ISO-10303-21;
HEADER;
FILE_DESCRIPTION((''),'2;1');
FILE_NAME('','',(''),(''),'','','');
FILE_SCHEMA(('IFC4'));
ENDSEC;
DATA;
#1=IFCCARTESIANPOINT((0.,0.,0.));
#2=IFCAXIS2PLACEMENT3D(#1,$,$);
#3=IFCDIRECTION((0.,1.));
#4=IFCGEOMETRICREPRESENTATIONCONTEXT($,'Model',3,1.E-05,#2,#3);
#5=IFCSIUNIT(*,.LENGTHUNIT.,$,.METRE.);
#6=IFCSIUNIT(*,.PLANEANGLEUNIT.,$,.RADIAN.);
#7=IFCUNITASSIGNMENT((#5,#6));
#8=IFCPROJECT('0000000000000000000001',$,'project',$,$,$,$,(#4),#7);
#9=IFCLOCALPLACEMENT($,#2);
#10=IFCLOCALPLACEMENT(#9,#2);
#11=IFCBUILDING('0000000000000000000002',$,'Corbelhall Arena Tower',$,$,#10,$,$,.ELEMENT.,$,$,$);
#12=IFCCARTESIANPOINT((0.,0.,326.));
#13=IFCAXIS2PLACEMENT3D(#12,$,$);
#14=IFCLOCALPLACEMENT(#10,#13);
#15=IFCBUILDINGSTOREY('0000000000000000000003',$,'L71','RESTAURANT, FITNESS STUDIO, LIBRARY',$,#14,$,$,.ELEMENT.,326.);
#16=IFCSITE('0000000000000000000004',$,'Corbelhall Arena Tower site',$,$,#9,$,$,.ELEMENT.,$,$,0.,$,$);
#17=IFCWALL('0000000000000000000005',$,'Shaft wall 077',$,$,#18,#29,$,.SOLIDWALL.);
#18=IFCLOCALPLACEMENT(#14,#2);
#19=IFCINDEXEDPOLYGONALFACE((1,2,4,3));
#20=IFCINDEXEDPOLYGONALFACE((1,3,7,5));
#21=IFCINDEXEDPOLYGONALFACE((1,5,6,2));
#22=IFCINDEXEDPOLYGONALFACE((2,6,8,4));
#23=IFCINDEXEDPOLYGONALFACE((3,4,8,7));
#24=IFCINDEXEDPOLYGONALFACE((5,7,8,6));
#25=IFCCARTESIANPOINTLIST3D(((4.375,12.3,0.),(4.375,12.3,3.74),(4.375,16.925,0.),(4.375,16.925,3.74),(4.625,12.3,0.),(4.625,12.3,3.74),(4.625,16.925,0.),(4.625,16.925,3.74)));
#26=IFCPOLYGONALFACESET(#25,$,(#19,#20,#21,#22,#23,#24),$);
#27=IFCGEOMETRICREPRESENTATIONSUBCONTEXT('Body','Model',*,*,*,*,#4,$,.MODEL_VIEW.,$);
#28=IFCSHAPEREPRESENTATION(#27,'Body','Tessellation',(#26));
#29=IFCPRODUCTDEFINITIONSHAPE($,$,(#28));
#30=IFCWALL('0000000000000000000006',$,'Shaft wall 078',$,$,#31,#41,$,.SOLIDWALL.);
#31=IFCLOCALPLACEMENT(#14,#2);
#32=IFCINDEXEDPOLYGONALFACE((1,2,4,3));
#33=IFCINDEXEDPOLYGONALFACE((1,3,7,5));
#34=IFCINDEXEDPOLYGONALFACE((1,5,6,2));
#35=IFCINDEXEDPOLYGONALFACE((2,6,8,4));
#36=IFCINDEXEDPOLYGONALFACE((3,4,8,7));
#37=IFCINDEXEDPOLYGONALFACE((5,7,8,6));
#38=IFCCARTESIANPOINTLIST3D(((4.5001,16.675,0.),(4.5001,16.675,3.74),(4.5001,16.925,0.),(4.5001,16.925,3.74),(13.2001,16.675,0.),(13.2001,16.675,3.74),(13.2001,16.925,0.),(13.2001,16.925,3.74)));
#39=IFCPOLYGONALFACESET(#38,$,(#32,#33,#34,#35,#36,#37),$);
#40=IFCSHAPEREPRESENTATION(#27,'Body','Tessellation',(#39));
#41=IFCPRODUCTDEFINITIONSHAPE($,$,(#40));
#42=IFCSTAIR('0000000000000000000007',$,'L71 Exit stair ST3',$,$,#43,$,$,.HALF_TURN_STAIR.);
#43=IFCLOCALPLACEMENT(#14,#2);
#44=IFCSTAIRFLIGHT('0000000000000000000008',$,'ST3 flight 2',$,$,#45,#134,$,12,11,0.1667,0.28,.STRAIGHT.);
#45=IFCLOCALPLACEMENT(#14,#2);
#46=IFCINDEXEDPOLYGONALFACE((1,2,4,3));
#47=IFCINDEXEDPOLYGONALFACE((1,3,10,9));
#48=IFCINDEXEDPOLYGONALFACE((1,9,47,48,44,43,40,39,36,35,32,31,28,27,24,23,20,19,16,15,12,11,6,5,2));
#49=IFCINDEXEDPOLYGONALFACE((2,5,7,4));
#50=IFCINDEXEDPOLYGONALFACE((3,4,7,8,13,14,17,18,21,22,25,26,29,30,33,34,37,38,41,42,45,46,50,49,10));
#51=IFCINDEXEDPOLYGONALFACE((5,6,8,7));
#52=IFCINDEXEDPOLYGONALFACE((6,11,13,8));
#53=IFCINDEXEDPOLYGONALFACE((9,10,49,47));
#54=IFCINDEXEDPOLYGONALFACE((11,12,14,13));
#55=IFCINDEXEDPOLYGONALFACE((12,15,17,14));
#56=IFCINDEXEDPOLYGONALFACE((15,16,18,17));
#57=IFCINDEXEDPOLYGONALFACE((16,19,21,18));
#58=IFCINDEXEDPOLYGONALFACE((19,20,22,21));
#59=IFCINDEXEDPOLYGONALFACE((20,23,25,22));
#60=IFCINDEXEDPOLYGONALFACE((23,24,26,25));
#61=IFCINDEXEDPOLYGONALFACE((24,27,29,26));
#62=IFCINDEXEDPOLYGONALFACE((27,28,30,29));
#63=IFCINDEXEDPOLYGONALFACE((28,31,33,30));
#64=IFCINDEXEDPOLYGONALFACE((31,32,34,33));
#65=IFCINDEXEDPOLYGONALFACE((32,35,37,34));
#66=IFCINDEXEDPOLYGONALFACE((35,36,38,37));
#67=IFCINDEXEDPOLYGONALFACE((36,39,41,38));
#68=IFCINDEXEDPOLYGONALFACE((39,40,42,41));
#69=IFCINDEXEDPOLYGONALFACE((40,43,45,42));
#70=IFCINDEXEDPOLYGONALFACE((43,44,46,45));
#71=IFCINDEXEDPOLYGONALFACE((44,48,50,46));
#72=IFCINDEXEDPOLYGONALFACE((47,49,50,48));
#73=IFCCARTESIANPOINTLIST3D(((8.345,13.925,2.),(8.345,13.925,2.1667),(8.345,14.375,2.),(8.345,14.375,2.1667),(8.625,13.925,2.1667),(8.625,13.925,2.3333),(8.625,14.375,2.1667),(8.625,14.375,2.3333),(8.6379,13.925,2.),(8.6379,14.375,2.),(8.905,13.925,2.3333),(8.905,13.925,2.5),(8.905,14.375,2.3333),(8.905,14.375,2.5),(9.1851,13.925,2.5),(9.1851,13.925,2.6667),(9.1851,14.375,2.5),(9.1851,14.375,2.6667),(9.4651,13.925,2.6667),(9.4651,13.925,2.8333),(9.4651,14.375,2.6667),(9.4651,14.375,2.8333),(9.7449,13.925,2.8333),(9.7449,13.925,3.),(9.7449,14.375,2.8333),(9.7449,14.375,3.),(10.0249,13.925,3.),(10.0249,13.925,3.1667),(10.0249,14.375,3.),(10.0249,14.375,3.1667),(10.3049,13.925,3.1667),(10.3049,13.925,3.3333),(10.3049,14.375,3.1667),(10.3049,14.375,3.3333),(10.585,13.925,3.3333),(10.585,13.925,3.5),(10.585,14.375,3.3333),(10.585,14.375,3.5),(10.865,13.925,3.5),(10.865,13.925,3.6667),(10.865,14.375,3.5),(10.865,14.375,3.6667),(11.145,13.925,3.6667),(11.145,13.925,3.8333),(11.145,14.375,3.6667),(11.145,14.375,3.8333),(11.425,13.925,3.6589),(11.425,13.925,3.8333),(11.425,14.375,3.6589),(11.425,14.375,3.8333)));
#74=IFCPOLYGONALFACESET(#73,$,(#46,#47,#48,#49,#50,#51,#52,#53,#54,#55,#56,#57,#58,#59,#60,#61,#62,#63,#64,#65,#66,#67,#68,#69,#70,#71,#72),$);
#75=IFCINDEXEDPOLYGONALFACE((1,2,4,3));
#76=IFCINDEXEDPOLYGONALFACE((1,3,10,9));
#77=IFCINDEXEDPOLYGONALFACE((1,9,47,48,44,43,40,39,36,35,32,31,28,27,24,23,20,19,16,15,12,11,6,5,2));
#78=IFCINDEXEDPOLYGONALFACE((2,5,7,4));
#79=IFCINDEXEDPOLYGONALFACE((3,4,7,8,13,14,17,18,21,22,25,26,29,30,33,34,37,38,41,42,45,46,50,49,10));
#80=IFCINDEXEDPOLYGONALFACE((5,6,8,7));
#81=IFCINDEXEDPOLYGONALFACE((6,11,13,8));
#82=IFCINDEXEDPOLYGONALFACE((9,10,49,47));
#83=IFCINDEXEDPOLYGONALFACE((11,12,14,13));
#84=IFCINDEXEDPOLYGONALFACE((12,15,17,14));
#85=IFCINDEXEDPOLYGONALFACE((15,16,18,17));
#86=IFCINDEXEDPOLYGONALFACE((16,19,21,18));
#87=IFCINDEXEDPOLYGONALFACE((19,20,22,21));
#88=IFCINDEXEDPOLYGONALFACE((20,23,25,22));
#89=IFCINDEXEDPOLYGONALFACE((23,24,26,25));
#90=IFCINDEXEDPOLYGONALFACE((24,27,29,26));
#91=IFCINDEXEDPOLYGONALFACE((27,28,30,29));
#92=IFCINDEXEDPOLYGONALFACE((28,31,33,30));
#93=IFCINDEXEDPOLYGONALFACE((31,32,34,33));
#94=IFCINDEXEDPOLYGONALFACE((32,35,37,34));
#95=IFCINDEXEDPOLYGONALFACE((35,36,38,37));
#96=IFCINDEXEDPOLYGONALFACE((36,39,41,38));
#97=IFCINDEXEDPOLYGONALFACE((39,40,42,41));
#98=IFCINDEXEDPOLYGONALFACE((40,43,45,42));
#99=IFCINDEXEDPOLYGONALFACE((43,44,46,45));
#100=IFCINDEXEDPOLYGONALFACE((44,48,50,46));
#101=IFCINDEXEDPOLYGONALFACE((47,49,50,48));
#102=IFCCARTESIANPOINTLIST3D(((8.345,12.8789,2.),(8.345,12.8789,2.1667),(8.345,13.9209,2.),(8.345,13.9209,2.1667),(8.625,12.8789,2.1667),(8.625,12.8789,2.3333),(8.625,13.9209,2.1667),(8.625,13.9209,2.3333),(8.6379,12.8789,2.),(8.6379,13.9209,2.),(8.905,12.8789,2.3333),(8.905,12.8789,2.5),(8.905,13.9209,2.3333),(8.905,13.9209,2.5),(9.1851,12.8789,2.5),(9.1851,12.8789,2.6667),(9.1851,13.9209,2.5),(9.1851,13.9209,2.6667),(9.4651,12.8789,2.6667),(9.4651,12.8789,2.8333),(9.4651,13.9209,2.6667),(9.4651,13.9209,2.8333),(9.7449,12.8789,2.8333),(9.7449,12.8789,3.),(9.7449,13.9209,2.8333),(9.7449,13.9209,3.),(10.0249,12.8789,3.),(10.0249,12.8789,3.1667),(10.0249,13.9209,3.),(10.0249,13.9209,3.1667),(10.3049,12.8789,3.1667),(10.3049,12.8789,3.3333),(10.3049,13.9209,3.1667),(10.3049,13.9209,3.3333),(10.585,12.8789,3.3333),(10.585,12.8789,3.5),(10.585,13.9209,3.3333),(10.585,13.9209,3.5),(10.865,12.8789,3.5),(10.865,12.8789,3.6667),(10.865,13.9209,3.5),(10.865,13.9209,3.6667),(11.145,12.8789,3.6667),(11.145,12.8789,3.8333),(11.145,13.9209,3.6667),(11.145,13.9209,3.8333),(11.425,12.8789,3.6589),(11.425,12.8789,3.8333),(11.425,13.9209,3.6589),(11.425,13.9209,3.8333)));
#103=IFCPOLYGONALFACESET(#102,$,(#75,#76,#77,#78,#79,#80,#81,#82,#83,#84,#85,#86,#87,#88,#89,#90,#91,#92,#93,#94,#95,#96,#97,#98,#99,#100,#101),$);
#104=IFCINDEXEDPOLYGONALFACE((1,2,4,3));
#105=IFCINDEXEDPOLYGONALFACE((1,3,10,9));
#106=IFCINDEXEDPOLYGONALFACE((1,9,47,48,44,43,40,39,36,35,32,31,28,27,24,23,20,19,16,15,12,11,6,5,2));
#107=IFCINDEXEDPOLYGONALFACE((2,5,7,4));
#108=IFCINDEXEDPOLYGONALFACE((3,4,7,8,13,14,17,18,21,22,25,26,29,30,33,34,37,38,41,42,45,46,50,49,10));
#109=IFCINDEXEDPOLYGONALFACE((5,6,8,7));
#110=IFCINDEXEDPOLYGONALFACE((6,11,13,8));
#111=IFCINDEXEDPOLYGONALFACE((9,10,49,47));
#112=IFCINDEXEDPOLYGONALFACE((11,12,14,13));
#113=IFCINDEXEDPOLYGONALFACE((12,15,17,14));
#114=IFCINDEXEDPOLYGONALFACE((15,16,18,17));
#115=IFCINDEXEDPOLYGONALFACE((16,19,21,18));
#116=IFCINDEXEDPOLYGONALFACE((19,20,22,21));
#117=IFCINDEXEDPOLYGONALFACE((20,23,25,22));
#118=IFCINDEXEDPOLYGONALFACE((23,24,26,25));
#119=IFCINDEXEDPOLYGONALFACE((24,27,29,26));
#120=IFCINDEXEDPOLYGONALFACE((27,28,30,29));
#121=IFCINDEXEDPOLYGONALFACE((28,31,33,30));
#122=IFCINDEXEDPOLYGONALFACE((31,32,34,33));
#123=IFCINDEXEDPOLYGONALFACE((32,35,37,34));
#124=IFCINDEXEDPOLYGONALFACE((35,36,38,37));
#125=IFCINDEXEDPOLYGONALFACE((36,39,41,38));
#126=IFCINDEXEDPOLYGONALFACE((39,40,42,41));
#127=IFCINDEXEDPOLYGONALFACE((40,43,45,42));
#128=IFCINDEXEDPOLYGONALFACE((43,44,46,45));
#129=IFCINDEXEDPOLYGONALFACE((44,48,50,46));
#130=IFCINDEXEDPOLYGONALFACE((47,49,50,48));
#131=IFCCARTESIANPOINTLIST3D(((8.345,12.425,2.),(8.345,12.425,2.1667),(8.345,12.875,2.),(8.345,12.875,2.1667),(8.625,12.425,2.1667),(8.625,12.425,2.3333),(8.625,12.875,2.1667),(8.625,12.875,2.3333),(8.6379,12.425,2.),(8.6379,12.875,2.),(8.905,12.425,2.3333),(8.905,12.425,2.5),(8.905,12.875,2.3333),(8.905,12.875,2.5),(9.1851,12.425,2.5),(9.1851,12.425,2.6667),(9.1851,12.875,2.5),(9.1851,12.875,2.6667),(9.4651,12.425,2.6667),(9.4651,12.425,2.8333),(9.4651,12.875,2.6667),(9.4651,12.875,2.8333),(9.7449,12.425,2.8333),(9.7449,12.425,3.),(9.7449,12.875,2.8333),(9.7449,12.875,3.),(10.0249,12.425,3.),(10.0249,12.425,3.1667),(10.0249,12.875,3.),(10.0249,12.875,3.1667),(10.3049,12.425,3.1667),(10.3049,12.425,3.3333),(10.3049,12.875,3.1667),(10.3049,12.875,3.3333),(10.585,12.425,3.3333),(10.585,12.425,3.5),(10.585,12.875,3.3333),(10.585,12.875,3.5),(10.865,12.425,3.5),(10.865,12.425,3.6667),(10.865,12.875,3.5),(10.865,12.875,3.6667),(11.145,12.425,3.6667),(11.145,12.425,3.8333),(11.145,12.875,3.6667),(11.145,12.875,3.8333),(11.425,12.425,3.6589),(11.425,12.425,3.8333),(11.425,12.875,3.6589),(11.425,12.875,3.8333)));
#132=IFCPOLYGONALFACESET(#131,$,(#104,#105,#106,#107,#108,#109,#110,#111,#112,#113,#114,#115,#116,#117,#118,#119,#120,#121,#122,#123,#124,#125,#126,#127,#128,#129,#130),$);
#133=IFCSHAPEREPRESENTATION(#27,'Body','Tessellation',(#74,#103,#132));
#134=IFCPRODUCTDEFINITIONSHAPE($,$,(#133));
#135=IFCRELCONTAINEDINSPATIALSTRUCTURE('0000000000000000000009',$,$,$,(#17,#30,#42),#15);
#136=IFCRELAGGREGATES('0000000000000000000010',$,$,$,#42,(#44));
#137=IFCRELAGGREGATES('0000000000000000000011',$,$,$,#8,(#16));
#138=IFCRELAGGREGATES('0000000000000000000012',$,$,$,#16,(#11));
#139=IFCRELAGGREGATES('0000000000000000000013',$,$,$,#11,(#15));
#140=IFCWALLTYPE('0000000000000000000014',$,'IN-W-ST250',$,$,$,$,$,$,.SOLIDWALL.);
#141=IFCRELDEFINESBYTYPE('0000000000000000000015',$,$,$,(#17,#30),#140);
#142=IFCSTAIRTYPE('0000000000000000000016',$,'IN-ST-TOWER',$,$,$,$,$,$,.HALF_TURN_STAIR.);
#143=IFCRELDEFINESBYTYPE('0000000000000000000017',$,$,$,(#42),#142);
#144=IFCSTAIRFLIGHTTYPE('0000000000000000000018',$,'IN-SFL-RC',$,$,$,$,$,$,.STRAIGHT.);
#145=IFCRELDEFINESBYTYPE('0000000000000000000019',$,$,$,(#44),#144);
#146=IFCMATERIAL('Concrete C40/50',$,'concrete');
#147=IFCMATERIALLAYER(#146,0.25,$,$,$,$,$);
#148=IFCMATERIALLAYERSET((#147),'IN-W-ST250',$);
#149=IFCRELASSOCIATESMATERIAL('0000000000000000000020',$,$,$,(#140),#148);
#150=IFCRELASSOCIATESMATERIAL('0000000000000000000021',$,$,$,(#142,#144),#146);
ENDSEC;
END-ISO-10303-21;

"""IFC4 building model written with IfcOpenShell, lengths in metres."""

from ifc_helpers import new_model, si_unit, direction, frame, frame_2d, origin, place, context, subcontext, project, spatial, polyline, rectangle, outline, extrude, material, layer, layer_set, type_object, element, aggregate, save


model = new_model("IFC4")

# Units and contexts
model_context = context("Model", 3, precision=1e-05, world=origin(), true_north=direction((0.0, 1.0)))
body_context = subcontext(model_context, "Body", "Model", "MODEL_VIEW")
ifc_project = project(units=[si_unit("LENGTHUNIT", "METRE"), si_unit("PLANEANGLEUNIT", "RADIAN")], contexts=[model_context])

# Site, building, storey
site_placement = place(None, origin())
site = spatial("IfcSite", under=ifc_project, at=site_placement, Name="Corbelhall Arena Tower site", CompositionType="ELEMENT", RefElevation=0.0)
building_placement = place(site_placement, origin())
building = spatial("IfcBuilding", under=site, at=building_placement, Name="Corbelhall Arena Tower", CompositionType="ELEMENT")
storey_placement = place(building_placement, frame((0.0, 0.0, 326.0)))
storey = spatial("IfcBuildingStorey", under=building, at=storey_placement, Name="L71", Description="RESTAURANT, FITNESS STUDIO, LIBRARY", CompositionType="ELEMENT", Elevation=326.0)

# Shared definitions
ifc_material_1 = material(Name="Concrete C40/50", Category="concrete")
ifc_layer_1 = layer(ifc_material_1, 0.25)
ifc_layer_set_1 = layer_set([ifc_layer_1], Name="IN-W-ST250")
wall_type_1 = type_object("IfcWallType", Name="IN-W-ST250", PredefinedType="SOLIDWALL", material=ifc_layer_set_1)

# Walls
wall_1_placement = place(storey_placement, frame((4.5, 12.3, 0.0), z_axis=(0.0, 0.0, 1.0), x_axis=(0.0, 1.0, 0.0)))
element("IfcWall", 1, at=wall_1_placement, inside=storey, type_object=wall_type_1, Name="Shaft wall 077", PredefinedType="SOLIDWALL", context=body_context, shape_type="SweptSolid", body=[
    extrude(rectangle(XDim=4.625, YDim=0.25, at=frame_2d((2.3125, 0.0))), origin(), (0.0, 0.0, 1.0), 3.74),
])
wall_2_placement = place(storey_placement, frame((4.5, 16.8, 0.0), z_axis=(0.0, 0.0, 1.0), x_axis=(1.0, 0.0, 0.0)))
element("IfcWall", 2, at=wall_2_placement, inside=storey, type_object=wall_type_1, Name="Shaft wall 078", PredefinedType="SOLIDWALL", context=body_context, shape_type="SweptSolid", body=[
    extrude(rectangle(XDim=8.7, YDim=0.25, at=frame_2d((4.3501, 0.0))), origin(), (0.0, 0.0, 1.0), 3.74),
])

# Stair, stair flight
stair_type = type_object("IfcStairType", Name="IN-ST-TOWER", PredefinedType="HALF_TURN_STAIR", material=ifc_material_1)
stair_placement = place(storey_placement, origin())
stair = element("IfcStair", 3, at=stair_placement, inside=storey, type_object=stair_type, Name="L71 Exit stair ST3", PredefinedType="HALF_TURN_STAIR")
stair_flight_type = type_object("IfcStairFlightType", Name="IN-SFL-RC", PredefinedType="STRAIGHT", material=ifc_material_1)
stair_flight_placement = place(storey_placement, frame((8.345, 13.3999, 2.0), z_axis=(0.0, 0.0, 1.0), x_axis=(1.0, 0.0, 0.0)))
stair_flight = element("IfcStairFlight", 4, at=stair_flight_placement, type_object=stair_flight_type, Name="ST3 flight 2", NumberOfRisers=12, NumberOfTreads=11, PredefinedType="STRAIGHT", RiserHeight=0.1667, TreadLength=0.28, context=body_context, shape_type="SweptSolid", body=[
    extrude(outline(polyline([(0.0, 0.0), (0.0, 0.1667), (0.28, 0.1667), (0.28, 0.3333), (0.5601, 0.3333), (0.5601, 0.5), (0.8401, 0.5), (0.8401, 0.6667), (1.1201, 0.6667), (1.1201, 0.8333), (1.3999, 0.8333), (1.3999, 1.0), (1.6799, 1.0), (1.6799, 1.1667), (1.96, 1.1667), (1.96, 1.3333), (2.24, 1.3333), (2.24, 1.5), (2.52, 1.5), (2.52, 1.6667), (2.8, 1.6667), (2.8, 1.8333), (3.0801, 1.8333), (3.0801, 2.0), (3.0801, 1.6589), (0.293, 0.0), (0.0, 0.0)])), frame((0.0, 0.9751, 0.0), z_axis=(0.0, -1.0, 0.0), x_axis=(1.0, 0.0, 0.0)), (0.0, 0.0, 1.0), 0.45),
    extrude(outline(polyline([(0.0, 0.0), (0.0, 0.1667), (0.28, 0.1667), (0.28, 0.3333), (0.5601, 0.3333), (0.5601, 0.5), (0.8401, 0.5), (0.8401, 0.6667), (1.1201, 0.6667), (1.1201, 0.8333), (1.3999, 0.8333), (1.3999, 1.0), (1.6799, 1.0), (1.6799, 1.1667), (1.96, 1.1667), (1.96, 1.3333), (2.24, 1.3333), (2.24, 1.5), (2.52, 1.5), (2.52, 1.6667), (2.8, 1.6667), (2.8, 1.8333), (3.0801, 1.8333), (3.0801, 2.0), (3.0801, 1.6589), (0.293, 0.0), (0.0, 0.0)])), frame((0.0, 0.521, 0.0), z_axis=(0.0, -1.0, 0.0), x_axis=(1.0, 0.0, 0.0)), (0.0, 0.0, 1.0), 1.042),
    extrude(outline(polyline([(0.0, 0.0), (0.0, 0.1667), (0.28, 0.1667), (0.28, 0.3333), (0.5601, 0.3333), (0.5601, 0.5), (0.8401, 0.5), (0.8401, 0.6667), (1.1201, 0.6667), (1.1201, 0.8333), (1.3999, 0.8333), (1.3999, 1.0), (1.6799, 1.0), (1.6799, 1.1667), (1.96, 1.1667), (1.96, 1.3333), (2.24, 1.3333), (2.24, 1.5), (2.52, 1.5), (2.52, 1.6667), (2.8, 1.6667), (2.8, 1.8333), (3.0801, 1.8333), (3.0801, 2.0), (3.0801, 1.6589), (0.293, 0.0), (0.0, 0.0)])), frame((0.0, -0.5249, 0.0), z_axis=(0.0, -1.0, 0.0), x_axis=(1.0, 0.0, 0.0)), (0.0, 0.0, 1.0), 0.45),
])
aggregate(stair, [stair_flight])

save(model, "model.ifc")
